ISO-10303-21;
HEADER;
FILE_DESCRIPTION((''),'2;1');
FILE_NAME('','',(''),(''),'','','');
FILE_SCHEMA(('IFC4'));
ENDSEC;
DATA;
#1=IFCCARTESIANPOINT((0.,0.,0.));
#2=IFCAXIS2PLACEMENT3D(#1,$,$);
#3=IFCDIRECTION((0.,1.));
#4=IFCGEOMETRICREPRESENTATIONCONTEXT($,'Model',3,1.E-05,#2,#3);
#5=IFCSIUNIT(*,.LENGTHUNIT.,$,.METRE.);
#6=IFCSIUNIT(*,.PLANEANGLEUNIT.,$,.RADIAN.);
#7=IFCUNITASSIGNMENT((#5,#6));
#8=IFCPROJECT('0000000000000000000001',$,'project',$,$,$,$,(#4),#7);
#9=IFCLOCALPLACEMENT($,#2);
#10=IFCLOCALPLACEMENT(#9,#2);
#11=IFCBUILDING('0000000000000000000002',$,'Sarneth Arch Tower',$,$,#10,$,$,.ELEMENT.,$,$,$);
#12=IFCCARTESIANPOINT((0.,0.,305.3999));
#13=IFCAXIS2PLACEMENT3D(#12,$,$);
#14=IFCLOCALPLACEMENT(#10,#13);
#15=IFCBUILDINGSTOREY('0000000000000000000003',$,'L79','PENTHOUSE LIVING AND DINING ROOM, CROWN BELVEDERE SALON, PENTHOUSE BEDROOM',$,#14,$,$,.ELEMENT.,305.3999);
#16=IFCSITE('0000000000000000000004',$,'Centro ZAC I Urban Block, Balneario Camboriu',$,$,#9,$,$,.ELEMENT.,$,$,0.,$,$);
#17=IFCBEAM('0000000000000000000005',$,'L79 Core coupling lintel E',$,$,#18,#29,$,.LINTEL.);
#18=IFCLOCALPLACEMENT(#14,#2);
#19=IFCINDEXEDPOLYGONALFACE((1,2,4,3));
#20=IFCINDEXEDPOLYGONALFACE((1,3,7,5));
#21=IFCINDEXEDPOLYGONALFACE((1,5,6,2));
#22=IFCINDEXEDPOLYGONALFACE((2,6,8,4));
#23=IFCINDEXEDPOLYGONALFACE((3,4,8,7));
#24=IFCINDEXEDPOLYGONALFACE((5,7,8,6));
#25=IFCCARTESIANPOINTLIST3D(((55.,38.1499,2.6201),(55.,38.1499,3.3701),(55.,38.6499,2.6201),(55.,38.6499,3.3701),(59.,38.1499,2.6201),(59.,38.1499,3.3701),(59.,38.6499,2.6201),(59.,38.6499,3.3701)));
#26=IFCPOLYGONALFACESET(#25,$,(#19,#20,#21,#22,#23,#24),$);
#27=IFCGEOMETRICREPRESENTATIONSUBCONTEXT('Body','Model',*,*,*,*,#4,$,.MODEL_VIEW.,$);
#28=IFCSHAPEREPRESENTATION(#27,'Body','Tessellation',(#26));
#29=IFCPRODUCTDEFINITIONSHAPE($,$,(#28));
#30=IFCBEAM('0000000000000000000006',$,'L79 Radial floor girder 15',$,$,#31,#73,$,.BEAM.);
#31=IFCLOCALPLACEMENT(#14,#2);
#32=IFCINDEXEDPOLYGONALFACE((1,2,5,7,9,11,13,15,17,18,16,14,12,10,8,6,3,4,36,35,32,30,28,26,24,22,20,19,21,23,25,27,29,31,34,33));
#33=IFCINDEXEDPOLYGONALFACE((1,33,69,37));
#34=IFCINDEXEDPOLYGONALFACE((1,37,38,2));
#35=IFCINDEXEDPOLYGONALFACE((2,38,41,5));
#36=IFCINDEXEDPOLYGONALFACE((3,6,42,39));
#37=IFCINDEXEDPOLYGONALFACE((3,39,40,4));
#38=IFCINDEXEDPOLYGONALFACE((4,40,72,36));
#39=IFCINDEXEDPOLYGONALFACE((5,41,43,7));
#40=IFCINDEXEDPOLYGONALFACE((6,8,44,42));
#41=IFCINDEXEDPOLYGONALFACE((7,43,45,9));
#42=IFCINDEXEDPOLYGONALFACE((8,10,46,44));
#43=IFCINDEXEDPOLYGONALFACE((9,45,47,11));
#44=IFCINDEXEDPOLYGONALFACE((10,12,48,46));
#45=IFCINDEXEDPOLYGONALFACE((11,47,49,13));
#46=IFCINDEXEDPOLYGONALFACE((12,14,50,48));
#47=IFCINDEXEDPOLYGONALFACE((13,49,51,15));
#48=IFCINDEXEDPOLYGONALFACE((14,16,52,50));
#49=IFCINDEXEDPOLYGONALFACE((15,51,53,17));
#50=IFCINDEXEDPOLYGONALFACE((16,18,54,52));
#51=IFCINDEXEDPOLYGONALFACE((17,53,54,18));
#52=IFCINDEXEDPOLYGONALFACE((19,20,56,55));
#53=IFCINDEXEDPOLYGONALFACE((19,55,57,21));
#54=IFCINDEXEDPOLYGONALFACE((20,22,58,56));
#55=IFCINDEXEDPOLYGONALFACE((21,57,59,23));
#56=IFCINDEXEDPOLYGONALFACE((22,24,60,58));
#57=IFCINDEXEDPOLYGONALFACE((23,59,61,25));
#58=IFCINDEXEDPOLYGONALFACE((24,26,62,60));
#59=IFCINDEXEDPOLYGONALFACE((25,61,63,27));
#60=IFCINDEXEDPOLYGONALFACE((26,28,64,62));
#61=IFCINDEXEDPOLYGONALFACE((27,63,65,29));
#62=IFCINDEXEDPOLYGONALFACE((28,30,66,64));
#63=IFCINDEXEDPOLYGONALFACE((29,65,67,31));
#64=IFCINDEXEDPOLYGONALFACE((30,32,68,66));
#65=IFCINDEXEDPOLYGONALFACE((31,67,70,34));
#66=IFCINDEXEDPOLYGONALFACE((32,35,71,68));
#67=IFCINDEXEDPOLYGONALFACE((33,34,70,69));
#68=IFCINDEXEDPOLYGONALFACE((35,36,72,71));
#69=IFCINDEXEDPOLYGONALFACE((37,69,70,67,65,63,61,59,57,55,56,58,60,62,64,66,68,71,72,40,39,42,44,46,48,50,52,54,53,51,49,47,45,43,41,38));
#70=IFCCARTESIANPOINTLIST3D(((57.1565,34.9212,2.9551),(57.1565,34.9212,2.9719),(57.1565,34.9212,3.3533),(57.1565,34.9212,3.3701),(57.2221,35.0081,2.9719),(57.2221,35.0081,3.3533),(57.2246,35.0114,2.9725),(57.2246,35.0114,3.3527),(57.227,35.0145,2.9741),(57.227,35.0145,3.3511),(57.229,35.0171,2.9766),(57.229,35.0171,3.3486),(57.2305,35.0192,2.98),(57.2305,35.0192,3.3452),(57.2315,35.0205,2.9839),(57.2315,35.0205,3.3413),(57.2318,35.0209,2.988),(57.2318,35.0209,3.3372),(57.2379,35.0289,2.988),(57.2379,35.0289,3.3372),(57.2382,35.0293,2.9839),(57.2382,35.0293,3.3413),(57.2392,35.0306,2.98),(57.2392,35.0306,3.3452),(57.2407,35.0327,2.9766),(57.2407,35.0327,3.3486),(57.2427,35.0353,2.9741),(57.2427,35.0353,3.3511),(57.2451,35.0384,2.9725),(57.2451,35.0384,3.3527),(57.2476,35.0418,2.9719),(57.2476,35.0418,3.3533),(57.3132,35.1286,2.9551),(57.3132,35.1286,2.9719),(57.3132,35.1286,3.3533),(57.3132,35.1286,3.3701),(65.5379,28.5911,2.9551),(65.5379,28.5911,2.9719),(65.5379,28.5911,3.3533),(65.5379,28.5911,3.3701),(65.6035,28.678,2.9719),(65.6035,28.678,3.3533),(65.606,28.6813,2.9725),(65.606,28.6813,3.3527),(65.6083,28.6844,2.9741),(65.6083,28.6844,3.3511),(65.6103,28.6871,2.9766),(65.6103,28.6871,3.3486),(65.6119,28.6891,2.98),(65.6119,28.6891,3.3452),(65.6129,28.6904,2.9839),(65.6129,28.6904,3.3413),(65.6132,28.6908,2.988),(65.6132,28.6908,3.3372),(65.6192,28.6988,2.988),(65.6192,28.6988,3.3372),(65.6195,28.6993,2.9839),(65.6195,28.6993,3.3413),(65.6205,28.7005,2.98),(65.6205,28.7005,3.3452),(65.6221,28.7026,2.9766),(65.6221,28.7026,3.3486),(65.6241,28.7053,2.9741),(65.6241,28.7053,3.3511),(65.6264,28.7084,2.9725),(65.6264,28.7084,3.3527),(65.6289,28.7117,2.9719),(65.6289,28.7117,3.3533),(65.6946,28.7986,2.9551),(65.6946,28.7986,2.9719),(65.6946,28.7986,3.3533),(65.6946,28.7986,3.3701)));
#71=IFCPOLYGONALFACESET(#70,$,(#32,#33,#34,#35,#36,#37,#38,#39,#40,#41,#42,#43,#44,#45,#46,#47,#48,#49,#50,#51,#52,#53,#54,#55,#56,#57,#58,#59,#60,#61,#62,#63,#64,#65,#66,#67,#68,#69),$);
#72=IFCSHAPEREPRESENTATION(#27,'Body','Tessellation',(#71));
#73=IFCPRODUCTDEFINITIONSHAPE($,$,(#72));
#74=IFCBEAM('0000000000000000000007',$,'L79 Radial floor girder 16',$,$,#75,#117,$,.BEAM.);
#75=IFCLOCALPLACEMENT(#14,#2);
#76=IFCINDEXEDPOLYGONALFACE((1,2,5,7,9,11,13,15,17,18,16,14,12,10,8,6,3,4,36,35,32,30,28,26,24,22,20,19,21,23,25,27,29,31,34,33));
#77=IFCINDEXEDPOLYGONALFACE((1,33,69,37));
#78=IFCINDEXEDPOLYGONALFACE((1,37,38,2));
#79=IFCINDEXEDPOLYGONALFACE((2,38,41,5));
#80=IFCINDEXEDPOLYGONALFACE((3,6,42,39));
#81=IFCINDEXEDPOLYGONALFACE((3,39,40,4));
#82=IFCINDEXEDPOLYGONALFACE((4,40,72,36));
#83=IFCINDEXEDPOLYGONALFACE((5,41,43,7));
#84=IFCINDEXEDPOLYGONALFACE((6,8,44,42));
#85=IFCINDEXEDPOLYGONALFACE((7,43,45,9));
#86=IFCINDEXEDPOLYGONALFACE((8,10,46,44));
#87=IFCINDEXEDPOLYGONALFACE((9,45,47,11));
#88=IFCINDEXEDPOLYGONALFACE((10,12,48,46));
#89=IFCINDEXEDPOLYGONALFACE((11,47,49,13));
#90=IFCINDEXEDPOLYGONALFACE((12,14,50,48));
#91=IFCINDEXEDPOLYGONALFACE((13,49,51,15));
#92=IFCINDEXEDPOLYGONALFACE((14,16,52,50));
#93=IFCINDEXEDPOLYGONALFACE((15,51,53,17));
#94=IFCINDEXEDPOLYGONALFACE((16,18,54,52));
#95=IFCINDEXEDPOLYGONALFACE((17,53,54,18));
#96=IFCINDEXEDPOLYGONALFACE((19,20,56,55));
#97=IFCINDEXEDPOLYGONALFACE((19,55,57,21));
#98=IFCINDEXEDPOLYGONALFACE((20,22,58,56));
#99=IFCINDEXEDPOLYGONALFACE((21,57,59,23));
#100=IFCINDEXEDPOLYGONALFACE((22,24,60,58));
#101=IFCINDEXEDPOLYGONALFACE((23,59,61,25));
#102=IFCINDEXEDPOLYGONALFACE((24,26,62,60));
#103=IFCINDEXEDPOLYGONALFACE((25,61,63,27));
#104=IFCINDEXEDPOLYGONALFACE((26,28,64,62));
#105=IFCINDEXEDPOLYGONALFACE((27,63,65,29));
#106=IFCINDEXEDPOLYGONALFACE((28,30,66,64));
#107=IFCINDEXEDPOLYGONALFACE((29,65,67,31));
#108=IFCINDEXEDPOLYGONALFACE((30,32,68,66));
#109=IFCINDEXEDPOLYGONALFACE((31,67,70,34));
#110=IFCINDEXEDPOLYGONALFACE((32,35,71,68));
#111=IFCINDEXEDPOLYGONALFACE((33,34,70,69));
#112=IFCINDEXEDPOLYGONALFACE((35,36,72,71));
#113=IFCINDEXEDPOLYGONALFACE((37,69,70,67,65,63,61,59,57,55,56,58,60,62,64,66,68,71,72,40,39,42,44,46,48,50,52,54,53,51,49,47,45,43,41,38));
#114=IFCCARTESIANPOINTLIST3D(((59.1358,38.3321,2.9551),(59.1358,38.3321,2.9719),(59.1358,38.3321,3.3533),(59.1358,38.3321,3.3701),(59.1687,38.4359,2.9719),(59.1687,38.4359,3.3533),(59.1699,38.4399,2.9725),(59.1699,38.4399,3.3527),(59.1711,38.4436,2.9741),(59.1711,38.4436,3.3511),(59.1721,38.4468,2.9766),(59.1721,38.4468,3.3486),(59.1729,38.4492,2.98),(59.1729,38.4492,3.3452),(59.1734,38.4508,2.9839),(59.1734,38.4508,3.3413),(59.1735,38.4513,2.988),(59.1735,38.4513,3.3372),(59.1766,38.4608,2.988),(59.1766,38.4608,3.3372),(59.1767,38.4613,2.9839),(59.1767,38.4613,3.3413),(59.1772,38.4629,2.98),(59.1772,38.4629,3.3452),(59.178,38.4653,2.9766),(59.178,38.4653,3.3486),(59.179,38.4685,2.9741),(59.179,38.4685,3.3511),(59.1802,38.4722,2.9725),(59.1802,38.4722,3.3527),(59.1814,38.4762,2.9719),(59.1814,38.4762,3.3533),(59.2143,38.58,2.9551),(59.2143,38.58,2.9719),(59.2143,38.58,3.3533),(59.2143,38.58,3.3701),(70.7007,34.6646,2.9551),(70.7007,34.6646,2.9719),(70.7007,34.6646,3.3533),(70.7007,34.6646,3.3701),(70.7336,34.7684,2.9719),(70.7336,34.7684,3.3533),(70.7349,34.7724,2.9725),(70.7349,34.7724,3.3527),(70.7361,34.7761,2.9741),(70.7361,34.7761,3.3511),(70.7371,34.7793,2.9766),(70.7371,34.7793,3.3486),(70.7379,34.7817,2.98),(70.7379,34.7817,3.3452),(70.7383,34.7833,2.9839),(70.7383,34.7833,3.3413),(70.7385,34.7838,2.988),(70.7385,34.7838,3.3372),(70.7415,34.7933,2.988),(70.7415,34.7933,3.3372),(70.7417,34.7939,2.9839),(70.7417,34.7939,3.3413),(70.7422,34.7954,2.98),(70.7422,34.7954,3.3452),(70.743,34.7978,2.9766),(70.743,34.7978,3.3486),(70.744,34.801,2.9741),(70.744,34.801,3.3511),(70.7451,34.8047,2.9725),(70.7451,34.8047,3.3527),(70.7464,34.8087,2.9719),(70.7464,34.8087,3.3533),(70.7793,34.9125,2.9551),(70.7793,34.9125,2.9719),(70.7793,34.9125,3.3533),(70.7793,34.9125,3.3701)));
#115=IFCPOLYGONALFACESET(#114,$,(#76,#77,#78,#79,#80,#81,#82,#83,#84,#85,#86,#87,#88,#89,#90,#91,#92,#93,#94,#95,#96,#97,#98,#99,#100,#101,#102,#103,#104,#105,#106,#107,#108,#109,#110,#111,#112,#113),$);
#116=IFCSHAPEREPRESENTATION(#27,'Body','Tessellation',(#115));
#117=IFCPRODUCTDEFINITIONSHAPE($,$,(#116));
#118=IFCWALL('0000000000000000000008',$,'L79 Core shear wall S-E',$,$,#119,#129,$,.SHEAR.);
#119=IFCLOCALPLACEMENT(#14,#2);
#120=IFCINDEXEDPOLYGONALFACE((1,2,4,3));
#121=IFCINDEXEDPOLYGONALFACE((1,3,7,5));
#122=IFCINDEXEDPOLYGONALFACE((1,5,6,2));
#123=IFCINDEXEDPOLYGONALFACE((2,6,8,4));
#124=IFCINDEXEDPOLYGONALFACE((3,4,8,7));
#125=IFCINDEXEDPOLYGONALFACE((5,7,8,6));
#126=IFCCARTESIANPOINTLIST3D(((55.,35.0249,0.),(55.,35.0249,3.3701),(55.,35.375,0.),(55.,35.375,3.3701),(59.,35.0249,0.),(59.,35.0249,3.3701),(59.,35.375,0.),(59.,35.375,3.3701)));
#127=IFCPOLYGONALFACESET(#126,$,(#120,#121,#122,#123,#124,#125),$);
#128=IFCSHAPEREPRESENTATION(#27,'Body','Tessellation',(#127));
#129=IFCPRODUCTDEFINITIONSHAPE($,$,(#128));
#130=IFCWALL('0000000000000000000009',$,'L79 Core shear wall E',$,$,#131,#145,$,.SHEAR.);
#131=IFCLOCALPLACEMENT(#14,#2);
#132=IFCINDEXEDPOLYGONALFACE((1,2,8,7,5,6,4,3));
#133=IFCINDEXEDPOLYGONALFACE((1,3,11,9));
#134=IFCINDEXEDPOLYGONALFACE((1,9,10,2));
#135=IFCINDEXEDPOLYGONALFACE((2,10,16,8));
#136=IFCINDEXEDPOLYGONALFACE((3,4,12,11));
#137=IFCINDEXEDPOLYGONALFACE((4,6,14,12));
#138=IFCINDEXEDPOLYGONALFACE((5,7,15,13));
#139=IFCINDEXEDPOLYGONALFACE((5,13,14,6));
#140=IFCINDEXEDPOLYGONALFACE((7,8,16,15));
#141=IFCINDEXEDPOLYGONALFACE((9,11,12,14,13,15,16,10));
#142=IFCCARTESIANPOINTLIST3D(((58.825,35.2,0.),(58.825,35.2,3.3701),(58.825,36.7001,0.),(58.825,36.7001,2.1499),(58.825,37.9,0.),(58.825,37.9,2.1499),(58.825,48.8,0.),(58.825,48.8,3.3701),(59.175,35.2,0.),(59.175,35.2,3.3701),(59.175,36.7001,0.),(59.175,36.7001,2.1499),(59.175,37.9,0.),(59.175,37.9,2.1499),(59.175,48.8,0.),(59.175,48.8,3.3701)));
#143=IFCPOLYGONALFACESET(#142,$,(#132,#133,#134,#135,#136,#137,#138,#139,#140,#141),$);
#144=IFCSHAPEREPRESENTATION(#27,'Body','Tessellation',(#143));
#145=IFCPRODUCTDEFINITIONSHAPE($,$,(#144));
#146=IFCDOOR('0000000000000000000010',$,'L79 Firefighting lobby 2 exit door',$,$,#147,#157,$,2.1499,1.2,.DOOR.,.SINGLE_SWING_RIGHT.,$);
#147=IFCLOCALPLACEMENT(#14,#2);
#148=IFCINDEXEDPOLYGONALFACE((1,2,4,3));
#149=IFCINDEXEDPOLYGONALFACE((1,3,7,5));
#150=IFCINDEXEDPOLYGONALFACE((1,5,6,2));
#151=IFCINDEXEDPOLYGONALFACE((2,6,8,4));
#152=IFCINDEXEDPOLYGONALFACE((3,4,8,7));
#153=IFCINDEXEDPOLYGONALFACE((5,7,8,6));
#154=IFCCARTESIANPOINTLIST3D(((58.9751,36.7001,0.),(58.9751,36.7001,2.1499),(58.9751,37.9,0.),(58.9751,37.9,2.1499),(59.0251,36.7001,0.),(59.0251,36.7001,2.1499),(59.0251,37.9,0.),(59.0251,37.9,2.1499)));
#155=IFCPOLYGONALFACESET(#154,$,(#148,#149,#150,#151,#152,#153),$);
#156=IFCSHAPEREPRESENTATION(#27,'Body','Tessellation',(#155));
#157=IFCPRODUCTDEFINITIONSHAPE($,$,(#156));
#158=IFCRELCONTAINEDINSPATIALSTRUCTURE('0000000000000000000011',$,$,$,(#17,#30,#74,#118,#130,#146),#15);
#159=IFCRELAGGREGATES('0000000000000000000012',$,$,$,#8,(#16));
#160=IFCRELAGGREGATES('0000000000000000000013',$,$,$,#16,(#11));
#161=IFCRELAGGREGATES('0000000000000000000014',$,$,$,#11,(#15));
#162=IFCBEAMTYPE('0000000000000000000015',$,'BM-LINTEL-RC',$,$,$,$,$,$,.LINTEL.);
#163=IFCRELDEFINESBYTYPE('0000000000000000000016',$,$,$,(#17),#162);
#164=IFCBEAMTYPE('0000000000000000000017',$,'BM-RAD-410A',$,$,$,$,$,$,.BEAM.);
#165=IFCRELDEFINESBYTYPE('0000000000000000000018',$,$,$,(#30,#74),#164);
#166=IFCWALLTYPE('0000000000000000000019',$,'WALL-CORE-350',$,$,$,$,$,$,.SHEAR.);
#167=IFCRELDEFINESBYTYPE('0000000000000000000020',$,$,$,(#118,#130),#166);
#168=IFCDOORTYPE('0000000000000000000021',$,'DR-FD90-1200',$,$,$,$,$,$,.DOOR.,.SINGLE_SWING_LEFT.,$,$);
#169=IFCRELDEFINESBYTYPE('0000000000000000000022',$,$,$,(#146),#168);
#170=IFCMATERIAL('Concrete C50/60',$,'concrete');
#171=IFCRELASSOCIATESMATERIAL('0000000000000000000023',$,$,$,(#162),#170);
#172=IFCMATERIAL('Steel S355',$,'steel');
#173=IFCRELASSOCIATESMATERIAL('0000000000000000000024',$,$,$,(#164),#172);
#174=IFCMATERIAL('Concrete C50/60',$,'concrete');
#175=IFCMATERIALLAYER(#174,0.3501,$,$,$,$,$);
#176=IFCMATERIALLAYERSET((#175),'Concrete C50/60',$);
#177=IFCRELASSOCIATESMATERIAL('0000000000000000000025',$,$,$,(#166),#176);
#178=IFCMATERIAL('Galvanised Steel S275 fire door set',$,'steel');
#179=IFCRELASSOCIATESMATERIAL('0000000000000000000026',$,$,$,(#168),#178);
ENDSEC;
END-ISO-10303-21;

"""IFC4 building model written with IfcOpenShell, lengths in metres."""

from ifc_helpers import new_model, si_unit, direction, frame, frame_2d, origin, origin_2d, place, context, subcontext, project, spatial, rectangle, i_section, extrude, material, layer, layer_set, material_profile, profile_set, type_object, element, fill, save


model = new_model("IFC4")

# Units and contexts
model_context = context("Model", 3, precision=1e-05, world=origin(), true_north=direction((0.0, 1.0)))
body_context = subcontext(model_context, "Body", "Model", "MODEL_VIEW")
ifc_project = project(units=[si_unit("LENGTHUNIT", "METRE"), si_unit("PLANEANGLEUNIT", "RADIAN")], contexts=[model_context])

# Site, building, storey
site_placement = place(None, origin())
site = spatial("IfcSite", under=ifc_project, at=site_placement, Name="Centro ZAC I Urban Block, Balneario Camboriu", CompositionType="ELEMENT", RefElevation=0.0)
building_placement = place(site_placement, origin())
building = spatial("IfcBuilding", under=site, at=building_placement, Name="Sarneth Arch Tower", CompositionType="ELEMENT")
storey_placement = place(building_placement, frame((0.0, 0.0, 305.3999)))
storey = spatial("IfcBuildingStorey", under=building, at=storey_placement, Name="L79", Description="PENTHOUSE LIVING AND DINING ROOM, CROWN BELVEDERE SALON, PENTHOUSE BEDROOM", CompositionType="ELEMENT", Elevation=305.3999)

# Beams
ifc_material_1 = material(Name="Concrete C50/60", Category="concrete")
ifc_material_profile_1 = material_profile(ifc_material_1, rectangle(XDim=0.5, YDim=0.75, at=origin_2d()), Name="RC-500x750")
ifc_profile_set_1 = profile_set([ifc_material_profile_1], Name="Concrete C50/60")
beam_type_1 = type_object("IfcBeamType", Name="BM-LINTEL-RC", PredefinedType="LINTEL", material=ifc_profile_set_1)
beam_1_placement = place(storey_placement, frame((55.0, 38.3999, 2.9951), z_axis=(1.0, 0.0, 0.0), x_axis=(0.0, 1.0, 0.0)))
element("IfcBeam", 1, at=beam_1_placement, inside=storey, type_object=beam_type_1, Name="L79 Core coupling lintel E", PredefinedType="LINTEL", context=body_context, shape_type="SweptSolid", body=[
    extrude(rectangle(XDim=0.5, YDim=0.75, at=origin_2d()), origin(), (0.0, 0.0, 1.0), 4.0),
])
ifc_material_2 = material(Name="Steel S355", Category="steel")
ifc_material_profile_2 = material_profile(ifc_material_2, i_section(OverallWidth=0.26, OverallDepth=0.415, WebThickness=0.01, FlangeThickness=0.0168, FilletRadius=0.0161, at=origin_2d()), Name="W410x100")
ifc_profile_set_2 = profile_set([ifc_material_profile_2], Name="Steel S355")
beam_type_2 = type_object("IfcBeamType", Name="BM-RAD-410A", PredefinedType="BEAM", material=ifc_profile_set_2)
beam_2_placement = place(storey_placement, frame((57.2349, 35.0249, 3.1626), z_axis=(0.797982, -0.602682, 0.0), x_axis=(0.602682, 0.797982, 0.0)))
element("IfcBeam", 2, at=beam_2_placement, inside=storey, type_object=beam_type_2, Name="L79 Radial floor girder 15", PredefinedType="BEAM", context=body_context, shape_type="SweptSolid", body=[
    extrude(i_section(OverallWidth=0.26, OverallDepth=0.415, WebThickness=0.01, FlangeThickness=0.0168, FilletRadius=0.0161, at=origin_2d()), origin(), (0.0, 0.0, 1.0), 10.5032),
])
beam_3_placement = place(storey_placement, frame((59.175, 38.4561, 3.1626), z_axis=(0.953218, -0.302285, 0.0), x_axis=(0.302285, 0.953218, 0.0)))
element("IfcBeam", 3, at=beam_3_placement, inside=storey, type_object=beam_type_2, Name="L79 Radial floor girder 16", PredefinedType="BEAM", context=body_context, shape_type="SweptSolid", body=[
    extrude(i_section(OverallWidth=0.26, OverallDepth=0.415, WebThickness=0.01, FlangeThickness=0.0168, FilletRadius=0.0161, at=origin_2d()), origin(), (0.0, 0.0, 1.0), 12.1326),
])

# Wall
ifc_material_3 = material(Name="Concrete C50/60", Category="concrete")
ifc_layer_1 = layer(ifc_material_3, 0.3501)
ifc_layer_set_1 = layer_set([ifc_layer_1], Name="Concrete C50/60")
wall_type_1 = type_object("IfcWallType", Name="WALL-CORE-350", PredefinedType="SHEAR", material=ifc_layer_set_1)
wall_1_placement = place(storey_placement, frame((55.0, 35.2, 0.0), z_axis=(0.0, 0.0, 1.0), x_axis=(1.0, 0.0, 0.0)))
element("IfcWall", 4, at=wall_1_placement, inside=storey, type_object=wall_type_1, Name="L79 Core shear wall S-E", PredefinedType="SHEAR", context=body_context, shape_type="SweptSolid", body=[
    extrude(rectangle(XDim=4.0, YDim=0.3501, at=frame_2d((2.0, 0.0))), origin(), (0.0, 0.0, 1.0), 3.3701),
])

# Wall, opening, door
wall_2_placement = place(storey_placement, frame((59.0, 35.2, 0.0), z_axis=(0.0, 0.0, 1.0), x_axis=(0.0, 1.0, 0.0)))
wall_2 = element("IfcWall", 5, at=wall_2_placement, inside=storey, type_object=wall_type_1, Name="L79 Core shear wall E", PredefinedType="SHEAR", context=body_context, shape_type="SweptSolid", body=[
    extrude(rectangle(XDim=13.6001, YDim=0.3501, at=frame_2d((6.8, 0.0))), origin(), (0.0, 0.0, 1.0), 3.3701),
])
opening_1_placement = place(wall_2_placement, frame((1.5, 0.0, 0.0)))
opening_1 = element("IfcOpeningElement", 6, at=opening_1_placement, cuts=wall_2, PredefinedType="OPENING", context=body_context, shape_type="SweptSolid", body=[
    extrude(rectangle(XDim=1.2, YDim=2.1499, at=frame_2d((0.6001, 1.075))), frame((0.0, 0.1851, 0.0), z_axis=(0.0, -1.0, 0.0), x_axis=(1.0, 0.0, 0.0)), (0.0, 0.0, 1.0), 0.3701),
])
ifc_material_4 = material(Name="Galvanised Steel S275 fire door set", Category="steel")
door_type_1 = type_object("IfcDoorType", Name="DR-FD90-1200", OperationType="SINGLE_SWING_LEFT", PredefinedType="DOOR", material=ifc_material_4)
door_1_placement = place(opening_1_placement, origin())
door_1 = element("IfcDoor", 7, at=door_1_placement, inside=storey, type_object=door_type_1, Name="L79 Firefighting lobby 2 exit door", OperationType="SINGLE_SWING_RIGHT", OverallHeight=2.1499, OverallWidth=1.2, PredefinedType="DOOR", context=body_context, shape_type="SweptSolid", body=[
    extrude(rectangle(XDim=1.2, YDim=2.1499, at=frame_2d((0.6001, 1.075))), frame((0.0, 0.0249, 0.0), z_axis=(0.0, -1.0, 0.0), x_axis=(1.0, 0.0, 0.0)), (0.0, 0.0, 1.0), 0.05),
])
fill(opening_1, door_1)

save(model, "model.ifc")
